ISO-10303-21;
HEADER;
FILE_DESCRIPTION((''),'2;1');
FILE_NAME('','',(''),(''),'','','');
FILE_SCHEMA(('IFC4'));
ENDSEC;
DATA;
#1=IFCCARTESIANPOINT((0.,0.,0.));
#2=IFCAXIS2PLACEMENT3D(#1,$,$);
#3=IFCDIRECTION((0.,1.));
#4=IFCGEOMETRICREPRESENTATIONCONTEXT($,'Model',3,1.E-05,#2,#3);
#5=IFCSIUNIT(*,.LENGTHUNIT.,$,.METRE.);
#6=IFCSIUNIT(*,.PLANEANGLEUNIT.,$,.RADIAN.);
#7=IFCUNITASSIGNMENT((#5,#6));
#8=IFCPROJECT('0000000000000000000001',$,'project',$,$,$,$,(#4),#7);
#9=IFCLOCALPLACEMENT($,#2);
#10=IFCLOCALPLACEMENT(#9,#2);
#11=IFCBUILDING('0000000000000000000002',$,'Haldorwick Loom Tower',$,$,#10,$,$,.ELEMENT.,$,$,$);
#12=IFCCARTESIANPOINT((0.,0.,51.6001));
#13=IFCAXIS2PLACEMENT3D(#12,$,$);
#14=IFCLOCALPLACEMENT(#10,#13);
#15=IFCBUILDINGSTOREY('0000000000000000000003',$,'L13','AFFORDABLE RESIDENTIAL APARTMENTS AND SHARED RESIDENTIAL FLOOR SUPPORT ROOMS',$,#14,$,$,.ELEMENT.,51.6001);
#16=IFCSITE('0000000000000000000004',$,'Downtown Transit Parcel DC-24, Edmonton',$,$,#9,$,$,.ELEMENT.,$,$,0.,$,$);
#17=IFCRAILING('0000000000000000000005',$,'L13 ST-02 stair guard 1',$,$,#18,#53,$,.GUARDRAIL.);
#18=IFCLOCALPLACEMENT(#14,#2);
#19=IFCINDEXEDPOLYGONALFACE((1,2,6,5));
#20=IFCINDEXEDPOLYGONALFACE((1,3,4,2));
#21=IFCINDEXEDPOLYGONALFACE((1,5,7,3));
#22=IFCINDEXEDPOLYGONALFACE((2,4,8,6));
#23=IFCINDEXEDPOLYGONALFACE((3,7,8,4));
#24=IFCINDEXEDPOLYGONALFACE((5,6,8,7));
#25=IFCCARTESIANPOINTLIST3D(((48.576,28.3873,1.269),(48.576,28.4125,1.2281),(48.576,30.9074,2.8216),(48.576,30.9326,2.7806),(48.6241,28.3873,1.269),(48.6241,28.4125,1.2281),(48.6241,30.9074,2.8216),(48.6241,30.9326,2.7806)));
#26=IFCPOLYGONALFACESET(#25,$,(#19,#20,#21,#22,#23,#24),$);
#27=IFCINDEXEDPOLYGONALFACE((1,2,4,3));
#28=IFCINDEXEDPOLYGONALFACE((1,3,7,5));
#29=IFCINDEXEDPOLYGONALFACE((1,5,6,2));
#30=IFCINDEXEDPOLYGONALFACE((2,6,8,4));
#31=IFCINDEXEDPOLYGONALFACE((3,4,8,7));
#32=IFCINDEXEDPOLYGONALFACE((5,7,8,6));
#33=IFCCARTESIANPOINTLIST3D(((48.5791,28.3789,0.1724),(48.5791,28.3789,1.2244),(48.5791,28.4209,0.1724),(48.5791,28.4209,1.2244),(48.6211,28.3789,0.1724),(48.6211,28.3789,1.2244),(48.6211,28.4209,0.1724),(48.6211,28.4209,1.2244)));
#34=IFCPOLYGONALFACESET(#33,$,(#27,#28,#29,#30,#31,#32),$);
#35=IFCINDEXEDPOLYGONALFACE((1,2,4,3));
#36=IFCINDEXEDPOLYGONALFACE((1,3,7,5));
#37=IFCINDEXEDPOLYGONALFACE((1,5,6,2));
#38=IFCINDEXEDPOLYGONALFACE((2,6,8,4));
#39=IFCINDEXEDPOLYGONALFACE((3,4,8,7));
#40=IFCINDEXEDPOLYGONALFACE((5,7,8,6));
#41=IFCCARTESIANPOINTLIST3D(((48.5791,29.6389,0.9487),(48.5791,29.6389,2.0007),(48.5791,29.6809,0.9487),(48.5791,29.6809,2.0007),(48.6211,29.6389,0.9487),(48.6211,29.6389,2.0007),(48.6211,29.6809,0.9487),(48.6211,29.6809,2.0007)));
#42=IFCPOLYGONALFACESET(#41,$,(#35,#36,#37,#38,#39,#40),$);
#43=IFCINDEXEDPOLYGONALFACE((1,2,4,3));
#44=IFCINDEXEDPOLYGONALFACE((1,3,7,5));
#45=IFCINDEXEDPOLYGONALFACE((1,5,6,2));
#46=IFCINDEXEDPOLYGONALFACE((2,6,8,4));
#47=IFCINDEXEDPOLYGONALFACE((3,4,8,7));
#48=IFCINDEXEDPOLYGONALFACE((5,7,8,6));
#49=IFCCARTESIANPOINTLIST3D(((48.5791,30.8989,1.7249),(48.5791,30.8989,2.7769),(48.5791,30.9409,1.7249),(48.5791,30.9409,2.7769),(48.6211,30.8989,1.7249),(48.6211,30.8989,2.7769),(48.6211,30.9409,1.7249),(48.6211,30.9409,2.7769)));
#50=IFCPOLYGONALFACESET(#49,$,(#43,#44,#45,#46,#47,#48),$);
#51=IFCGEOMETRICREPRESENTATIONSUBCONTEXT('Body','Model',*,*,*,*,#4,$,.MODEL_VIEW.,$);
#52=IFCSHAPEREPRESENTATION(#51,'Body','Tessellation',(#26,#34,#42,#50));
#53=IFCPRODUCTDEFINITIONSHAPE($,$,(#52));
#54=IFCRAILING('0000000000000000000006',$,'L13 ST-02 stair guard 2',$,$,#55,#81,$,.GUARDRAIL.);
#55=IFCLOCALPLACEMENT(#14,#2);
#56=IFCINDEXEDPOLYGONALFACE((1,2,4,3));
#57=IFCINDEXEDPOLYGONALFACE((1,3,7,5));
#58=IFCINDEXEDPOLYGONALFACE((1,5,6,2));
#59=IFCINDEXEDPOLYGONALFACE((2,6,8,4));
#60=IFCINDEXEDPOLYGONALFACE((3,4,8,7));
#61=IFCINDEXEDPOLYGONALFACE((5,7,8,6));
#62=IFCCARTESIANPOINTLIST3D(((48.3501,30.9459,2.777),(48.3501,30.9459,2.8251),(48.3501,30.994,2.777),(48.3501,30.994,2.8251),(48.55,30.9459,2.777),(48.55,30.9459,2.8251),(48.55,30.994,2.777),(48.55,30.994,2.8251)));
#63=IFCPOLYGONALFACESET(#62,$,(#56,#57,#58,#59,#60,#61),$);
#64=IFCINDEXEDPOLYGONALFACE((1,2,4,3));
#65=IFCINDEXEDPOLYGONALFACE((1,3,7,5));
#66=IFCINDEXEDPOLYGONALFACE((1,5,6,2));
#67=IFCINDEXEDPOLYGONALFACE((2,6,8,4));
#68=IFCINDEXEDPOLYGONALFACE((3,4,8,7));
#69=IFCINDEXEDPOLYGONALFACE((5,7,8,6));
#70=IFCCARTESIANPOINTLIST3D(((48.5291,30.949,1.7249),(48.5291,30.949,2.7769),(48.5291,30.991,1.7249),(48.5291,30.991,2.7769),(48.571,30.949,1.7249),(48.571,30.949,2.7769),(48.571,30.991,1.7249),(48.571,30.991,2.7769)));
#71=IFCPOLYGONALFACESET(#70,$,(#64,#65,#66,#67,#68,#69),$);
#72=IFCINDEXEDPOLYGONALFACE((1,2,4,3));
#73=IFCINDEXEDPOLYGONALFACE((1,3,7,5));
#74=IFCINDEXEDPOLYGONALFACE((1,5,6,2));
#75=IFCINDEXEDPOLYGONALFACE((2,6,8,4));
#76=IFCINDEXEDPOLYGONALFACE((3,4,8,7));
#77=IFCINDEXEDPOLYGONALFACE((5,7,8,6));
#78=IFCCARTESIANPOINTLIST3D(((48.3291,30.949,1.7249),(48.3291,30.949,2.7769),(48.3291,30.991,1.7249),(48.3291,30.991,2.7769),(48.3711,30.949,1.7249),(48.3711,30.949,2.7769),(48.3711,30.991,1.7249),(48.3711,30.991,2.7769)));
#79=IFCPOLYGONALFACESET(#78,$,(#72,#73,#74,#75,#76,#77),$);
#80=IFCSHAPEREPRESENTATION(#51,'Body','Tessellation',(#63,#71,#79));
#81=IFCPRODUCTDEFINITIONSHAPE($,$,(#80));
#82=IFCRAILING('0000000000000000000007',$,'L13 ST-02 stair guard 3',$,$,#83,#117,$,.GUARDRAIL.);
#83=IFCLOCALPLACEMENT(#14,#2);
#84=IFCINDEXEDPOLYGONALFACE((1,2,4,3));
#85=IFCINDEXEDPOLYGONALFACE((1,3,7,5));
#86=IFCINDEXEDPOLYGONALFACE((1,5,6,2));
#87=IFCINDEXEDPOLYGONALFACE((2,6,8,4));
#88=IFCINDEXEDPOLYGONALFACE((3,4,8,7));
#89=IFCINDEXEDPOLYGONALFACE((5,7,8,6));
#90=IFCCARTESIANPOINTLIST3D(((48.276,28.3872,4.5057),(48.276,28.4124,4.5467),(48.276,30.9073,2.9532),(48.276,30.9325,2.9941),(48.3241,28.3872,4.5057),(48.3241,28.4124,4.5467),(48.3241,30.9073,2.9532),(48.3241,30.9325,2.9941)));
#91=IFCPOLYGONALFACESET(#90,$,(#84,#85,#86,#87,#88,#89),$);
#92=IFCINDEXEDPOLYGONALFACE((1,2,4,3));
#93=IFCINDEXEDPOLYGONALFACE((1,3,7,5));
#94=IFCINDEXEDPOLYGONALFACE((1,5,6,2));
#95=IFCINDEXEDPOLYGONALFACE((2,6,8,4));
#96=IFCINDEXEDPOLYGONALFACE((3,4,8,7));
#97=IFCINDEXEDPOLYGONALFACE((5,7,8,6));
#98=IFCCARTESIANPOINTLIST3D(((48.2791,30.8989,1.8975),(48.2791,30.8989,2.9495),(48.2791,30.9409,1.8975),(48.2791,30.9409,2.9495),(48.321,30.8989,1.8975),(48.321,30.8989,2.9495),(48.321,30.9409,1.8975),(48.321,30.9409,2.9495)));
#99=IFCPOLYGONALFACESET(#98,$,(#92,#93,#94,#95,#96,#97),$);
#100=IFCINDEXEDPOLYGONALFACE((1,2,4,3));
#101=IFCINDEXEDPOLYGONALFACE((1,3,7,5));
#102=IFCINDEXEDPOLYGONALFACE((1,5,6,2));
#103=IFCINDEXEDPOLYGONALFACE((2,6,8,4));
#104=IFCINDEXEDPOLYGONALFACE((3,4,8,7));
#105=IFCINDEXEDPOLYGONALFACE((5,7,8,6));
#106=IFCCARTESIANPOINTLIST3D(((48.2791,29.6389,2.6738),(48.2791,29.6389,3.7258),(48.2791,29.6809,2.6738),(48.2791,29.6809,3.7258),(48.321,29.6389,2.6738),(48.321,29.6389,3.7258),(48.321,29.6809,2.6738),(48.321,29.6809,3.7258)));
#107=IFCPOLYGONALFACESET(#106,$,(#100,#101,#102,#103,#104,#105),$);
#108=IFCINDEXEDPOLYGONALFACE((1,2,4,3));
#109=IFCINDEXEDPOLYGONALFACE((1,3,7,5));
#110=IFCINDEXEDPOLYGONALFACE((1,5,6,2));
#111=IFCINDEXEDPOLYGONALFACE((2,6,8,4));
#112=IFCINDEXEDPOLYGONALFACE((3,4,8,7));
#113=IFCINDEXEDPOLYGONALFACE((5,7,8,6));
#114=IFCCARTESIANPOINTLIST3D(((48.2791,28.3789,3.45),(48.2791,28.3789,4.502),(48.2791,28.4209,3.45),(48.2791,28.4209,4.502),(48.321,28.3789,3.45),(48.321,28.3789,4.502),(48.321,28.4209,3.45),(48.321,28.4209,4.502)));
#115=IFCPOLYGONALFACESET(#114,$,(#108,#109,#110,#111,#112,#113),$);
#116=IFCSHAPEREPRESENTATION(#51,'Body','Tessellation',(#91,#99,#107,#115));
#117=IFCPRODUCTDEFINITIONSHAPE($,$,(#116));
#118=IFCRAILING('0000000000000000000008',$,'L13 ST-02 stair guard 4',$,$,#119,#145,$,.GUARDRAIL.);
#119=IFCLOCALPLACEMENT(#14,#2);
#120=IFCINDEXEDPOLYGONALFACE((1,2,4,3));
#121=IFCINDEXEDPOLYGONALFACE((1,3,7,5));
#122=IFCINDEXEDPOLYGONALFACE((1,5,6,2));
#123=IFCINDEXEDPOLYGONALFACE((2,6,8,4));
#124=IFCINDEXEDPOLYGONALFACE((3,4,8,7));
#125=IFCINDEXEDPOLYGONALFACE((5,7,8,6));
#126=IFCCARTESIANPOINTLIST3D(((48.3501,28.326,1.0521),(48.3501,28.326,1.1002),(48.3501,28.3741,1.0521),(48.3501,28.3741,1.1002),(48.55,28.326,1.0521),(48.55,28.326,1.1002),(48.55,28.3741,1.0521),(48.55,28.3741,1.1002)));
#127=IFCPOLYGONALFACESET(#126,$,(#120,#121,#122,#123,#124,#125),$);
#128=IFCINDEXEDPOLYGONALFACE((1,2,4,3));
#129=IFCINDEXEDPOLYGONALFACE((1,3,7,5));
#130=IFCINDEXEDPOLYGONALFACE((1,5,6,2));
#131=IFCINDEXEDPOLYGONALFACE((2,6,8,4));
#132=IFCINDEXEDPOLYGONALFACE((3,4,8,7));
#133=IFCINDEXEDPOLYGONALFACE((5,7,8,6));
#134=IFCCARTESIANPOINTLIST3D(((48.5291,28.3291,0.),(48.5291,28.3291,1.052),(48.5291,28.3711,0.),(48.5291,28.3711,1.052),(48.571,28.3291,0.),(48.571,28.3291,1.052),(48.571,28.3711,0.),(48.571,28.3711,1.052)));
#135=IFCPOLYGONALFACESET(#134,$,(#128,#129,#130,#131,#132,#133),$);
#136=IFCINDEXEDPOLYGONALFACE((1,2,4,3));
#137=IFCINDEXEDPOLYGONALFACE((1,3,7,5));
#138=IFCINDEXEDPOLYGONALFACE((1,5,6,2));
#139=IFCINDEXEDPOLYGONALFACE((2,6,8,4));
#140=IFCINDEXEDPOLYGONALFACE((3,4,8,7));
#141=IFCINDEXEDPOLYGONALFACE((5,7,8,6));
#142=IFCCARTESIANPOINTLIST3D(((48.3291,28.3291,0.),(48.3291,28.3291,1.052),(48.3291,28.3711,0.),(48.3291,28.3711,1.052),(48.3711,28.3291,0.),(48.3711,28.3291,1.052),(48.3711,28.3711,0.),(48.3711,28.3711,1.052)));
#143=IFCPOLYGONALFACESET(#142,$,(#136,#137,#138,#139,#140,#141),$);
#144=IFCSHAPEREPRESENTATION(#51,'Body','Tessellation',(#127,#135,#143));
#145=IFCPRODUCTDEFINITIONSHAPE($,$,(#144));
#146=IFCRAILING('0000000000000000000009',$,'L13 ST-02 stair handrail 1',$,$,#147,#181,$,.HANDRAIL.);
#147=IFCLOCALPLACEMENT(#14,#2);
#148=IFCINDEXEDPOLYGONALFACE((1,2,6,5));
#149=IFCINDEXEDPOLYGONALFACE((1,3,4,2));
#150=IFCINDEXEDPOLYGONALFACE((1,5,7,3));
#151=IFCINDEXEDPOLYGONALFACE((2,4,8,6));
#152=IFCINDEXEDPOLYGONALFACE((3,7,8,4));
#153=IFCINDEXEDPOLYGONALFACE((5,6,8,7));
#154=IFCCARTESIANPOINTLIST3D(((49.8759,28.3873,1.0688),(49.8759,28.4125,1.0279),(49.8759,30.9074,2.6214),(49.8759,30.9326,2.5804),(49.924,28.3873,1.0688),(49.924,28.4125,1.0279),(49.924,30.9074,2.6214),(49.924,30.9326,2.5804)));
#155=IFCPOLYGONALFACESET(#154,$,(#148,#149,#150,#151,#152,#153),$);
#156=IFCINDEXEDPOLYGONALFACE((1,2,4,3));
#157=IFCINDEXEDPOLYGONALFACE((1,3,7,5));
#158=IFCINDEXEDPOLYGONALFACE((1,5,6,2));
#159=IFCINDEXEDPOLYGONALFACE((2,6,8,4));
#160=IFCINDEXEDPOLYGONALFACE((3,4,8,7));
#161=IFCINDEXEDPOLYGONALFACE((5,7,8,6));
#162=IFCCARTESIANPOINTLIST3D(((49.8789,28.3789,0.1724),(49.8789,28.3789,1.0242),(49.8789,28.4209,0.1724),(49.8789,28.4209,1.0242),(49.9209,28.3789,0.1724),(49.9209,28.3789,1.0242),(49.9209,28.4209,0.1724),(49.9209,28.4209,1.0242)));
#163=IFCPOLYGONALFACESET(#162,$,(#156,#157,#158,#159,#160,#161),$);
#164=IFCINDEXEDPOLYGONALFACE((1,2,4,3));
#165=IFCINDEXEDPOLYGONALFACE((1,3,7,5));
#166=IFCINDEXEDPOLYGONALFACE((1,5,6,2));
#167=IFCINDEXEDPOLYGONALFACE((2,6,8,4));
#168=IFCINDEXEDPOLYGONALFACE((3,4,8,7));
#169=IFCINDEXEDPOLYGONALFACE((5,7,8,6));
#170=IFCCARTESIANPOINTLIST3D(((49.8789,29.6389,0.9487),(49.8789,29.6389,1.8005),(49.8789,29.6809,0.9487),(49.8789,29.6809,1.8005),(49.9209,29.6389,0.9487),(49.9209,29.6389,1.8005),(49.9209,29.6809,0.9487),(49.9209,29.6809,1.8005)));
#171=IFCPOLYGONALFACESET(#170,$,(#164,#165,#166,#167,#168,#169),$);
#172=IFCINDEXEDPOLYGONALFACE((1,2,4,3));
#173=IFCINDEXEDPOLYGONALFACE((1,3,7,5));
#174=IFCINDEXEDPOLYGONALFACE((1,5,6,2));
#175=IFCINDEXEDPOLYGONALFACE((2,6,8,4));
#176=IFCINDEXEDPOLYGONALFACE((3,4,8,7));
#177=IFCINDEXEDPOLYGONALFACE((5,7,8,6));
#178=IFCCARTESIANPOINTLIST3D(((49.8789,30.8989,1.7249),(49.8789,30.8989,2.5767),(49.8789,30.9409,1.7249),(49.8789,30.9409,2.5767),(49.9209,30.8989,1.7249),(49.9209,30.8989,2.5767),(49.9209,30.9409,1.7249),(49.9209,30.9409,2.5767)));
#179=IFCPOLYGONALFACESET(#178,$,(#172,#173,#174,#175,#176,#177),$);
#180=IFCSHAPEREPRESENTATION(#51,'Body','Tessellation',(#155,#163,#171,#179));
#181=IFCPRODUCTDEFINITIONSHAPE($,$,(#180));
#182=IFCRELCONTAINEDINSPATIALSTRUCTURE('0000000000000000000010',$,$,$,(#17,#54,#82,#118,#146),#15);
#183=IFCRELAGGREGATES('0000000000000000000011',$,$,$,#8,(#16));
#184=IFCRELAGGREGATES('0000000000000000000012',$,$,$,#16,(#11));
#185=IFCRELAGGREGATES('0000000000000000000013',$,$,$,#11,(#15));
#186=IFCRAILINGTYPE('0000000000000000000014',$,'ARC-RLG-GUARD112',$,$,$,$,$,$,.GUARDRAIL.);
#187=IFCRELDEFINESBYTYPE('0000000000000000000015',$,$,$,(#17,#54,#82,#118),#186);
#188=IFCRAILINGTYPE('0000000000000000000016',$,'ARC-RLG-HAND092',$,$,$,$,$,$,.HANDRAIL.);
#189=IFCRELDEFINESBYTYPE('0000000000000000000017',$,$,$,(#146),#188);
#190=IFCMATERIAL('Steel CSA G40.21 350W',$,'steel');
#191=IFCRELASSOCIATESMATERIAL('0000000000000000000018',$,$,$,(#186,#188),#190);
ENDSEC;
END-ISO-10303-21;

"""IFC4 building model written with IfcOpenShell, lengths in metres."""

from ifc_helpers import new_model, si_unit, direction, frame, origin, origin_2d, place, context, subcontext, project, spatial, rectangle, extrude, material, type_object, element, save


model = new_model("IFC4")

# Units and contexts
model_context = context("Model", 3, precision=1e-05, world=origin(), true_north=direction((0.0, 1.0)))
body_context = subcontext(model_context, "Body", "Model", "MODEL_VIEW")
ifc_project = project(units=[si_unit("LENGTHUNIT", "METRE"), si_unit("PLANEANGLEUNIT", "RADIAN")], contexts=[model_context])

# Site, building, storey
site_placement = place(None, origin())
site = spatial("IfcSite", under=ifc_project, at=site_placement, Name="Downtown Transit Parcel DC-24, Edmonton", CompositionType="ELEMENT", RefElevation=0.0)
building_placement = place(site_placement, origin())
building = spatial("IfcBuilding", under=site, at=building_placement, Name="Haldorwick Loom Tower", CompositionType="ELEMENT")
storey_placement = place(building_placement, frame((0.0, 0.0, 51.6001)))
storey = spatial("IfcBuildingStorey", under=building, at=storey_placement, Name="L13", Description="AFFORDABLE RESIDENTIAL APARTMENTS AND SHARED RESIDENTIAL FLOOR SUPPORT ROOMS", CompositionType="ELEMENT", Elevation=51.6001)

# Shared definitions
ifc_material_1 = material(Name="Steel CSA G40.21 350W", Category="steel")

# Railings
railing_type_1 = type_object("IfcRailingType", Name="ARC-RLG-GUARD112", PredefinedType="GUARDRAIL", material=ifc_material_1)
railing_1_placement = place(storey_placement, frame((48.6001, 28.3999, 0.1724)))
element("IfcRailing", 1, at=railing_1_placement, inside=storey, type_object=railing_type_1, Name="L13 ST-02 stair guard 1", PredefinedType="GUARDRAIL", context=body_context, shape_type="SweptSolid", body=[
    extrude(rectangle(XDim=0.0481, YDim=0.0481, at=origin_2d()), frame((0.0, 0.0, 1.0762), z_axis=(0.0, 0.8514, 0.524516), x_axis=(-1.0, 0.0, 0.0)), (0.0, 0.0, 1.0), 2.96),
    extrude(rectangle(XDim=0.042, YDim=0.042, at=origin_2d()), origin(), (0.0, 0.0, 1.0), 1.052),
    extrude(rectangle(XDim=0.042, YDim=0.042, at=origin_2d()), frame((0.0, 1.26, 0.7764)), (0.0, 0.0, 1.0), 1.052),
    extrude(rectangle(XDim=0.042, YDim=0.042, at=origin_2d()), frame((0.0, 2.52, 1.5525)), (0.0, 0.0, 1.0), 1.052),
])
railing_2_placement = place(storey_placement, frame((48.55, 30.97, 1.7249)))
element("IfcRailing", 2, at=railing_2_placement, inside=storey, type_object=railing_type_1, Name="L13 ST-02 stair guard 2", PredefinedType="GUARDRAIL", context=body_context, shape_type="SweptSolid", body=[
    extrude(rectangle(XDim=0.0481, YDim=0.0481, at=origin_2d()), frame((0.0, 0.0, 1.0762), z_axis=(-1.0, 0.0, 0.0), x_axis=(0.0, -1.0, 0.0)), (0.0, 0.0, 1.0), 0.2),
    extrude(rectangle(XDim=0.042, YDim=0.042, at=origin_2d()), origin(), (0.0, 0.0, 1.0), 1.052),
    extrude(rectangle(XDim=0.042, YDim=0.042, at=origin_2d()), frame((-0.2, 0.0, 0.0)), (0.0, 0.0, 1.0), 1.052),
])
railing_3_placement = place(storey_placement, frame((48.3, 30.9199, 1.8975)))
element("IfcRailing", 3, at=railing_3_placement, inside=storey, type_object=railing_type_1, Name="L13 ST-02 stair guard 3", PredefinedType="GUARDRAIL", context=body_context, shape_type="SweptSolid", body=[
    extrude(rectangle(XDim=0.0481, YDim=0.0481, at=origin_2d()), frame((0.0, 0.0, 1.0762), z_axis=(0.0, -0.8514, 0.524516), x_axis=(1.0, 0.0, 0.0)), (0.0, 0.0, 1.0), 2.96),
    extrude(rectangle(XDim=0.042, YDim=0.042, at=origin_2d()), origin(), (0.0, 0.0, 1.0), 1.052),
    extrude(rectangle(XDim=0.042, YDim=0.042, at=origin_2d()), frame((0.0, -1.26, 0.7764)), (0.0, 0.0, 1.0), 1.052),
    extrude(rectangle(XDim=0.042, YDim=0.042, at=origin_2d()), frame((0.0, -2.52, 1.5525)), (0.0, 0.0, 1.0), 1.052),
])
railing_4_placement = place(storey_placement, frame((48.55, 28.3501, 0.0)))
element("IfcRailing", 4, at=railing_4_placement, inside=storey, type_object=railing_type_1, Name="L13 ST-02 stair guard 4", PredefinedType="GUARDRAIL", context=body_context, shape_type="SweptSolid", body=[
    extrude(rectangle(XDim=0.0481, YDim=0.0481, at=origin_2d()), frame((0.0, 0.0, 1.0762), z_axis=(-1.0, 0.0, 0.0), x_axis=(0.0, -1.0, 0.0)), (0.0, 0.0, 1.0), 0.2),
    extrude(rectangle(XDim=0.042, YDim=0.042, at=origin_2d()), origin(), (0.0, 0.0, 1.0), 1.052),
    extrude(rectangle(XDim=0.042, YDim=0.042, at=origin_2d()), frame((-0.2, 0.0, 0.0)), (0.0, 0.0, 1.0), 1.052),
])
railing_type_2 = type_object("IfcRailingType", Name="ARC-RLG-HAND092", PredefinedType="HANDRAIL", material=ifc_material_1)
railing_5_placement = place(storey_placement, frame((49.8999, 28.3999, 0.1724)))
element("IfcRailing", 5, at=railing_5_placement, inside=storey, type_object=railing_type_2, Name="L13 ST-02 stair handrail 1", PredefinedType="HANDRAIL", context=body_context, shape_type="SweptSolid", body=[
    extrude(rectangle(XDim=0.0481, YDim=0.0481, at=origin_2d()), frame((0.0, 0.0, 0.876), z_axis=(0.0, 0.8514, 0.524516), x_axis=(-1.0, 0.0, 0.0)), (0.0, 0.0, 1.0), 2.96),
    extrude(rectangle(XDim=0.042, YDim=0.042, at=origin_2d()), origin(), (0.0, 0.0, 1.0), 0.8518),
    extrude(rectangle(XDim=0.042, YDim=0.042, at=origin_2d()), frame((0.0, 1.26, 0.7764)), (0.0, 0.0, 1.0), 0.8518),
    extrude(rectangle(XDim=0.042, YDim=0.042, at=origin_2d()), frame((0.0, 2.52, 1.5525)), (0.0, 0.0, 1.0), 0.8518),
])

save(model, "model.ifc")
